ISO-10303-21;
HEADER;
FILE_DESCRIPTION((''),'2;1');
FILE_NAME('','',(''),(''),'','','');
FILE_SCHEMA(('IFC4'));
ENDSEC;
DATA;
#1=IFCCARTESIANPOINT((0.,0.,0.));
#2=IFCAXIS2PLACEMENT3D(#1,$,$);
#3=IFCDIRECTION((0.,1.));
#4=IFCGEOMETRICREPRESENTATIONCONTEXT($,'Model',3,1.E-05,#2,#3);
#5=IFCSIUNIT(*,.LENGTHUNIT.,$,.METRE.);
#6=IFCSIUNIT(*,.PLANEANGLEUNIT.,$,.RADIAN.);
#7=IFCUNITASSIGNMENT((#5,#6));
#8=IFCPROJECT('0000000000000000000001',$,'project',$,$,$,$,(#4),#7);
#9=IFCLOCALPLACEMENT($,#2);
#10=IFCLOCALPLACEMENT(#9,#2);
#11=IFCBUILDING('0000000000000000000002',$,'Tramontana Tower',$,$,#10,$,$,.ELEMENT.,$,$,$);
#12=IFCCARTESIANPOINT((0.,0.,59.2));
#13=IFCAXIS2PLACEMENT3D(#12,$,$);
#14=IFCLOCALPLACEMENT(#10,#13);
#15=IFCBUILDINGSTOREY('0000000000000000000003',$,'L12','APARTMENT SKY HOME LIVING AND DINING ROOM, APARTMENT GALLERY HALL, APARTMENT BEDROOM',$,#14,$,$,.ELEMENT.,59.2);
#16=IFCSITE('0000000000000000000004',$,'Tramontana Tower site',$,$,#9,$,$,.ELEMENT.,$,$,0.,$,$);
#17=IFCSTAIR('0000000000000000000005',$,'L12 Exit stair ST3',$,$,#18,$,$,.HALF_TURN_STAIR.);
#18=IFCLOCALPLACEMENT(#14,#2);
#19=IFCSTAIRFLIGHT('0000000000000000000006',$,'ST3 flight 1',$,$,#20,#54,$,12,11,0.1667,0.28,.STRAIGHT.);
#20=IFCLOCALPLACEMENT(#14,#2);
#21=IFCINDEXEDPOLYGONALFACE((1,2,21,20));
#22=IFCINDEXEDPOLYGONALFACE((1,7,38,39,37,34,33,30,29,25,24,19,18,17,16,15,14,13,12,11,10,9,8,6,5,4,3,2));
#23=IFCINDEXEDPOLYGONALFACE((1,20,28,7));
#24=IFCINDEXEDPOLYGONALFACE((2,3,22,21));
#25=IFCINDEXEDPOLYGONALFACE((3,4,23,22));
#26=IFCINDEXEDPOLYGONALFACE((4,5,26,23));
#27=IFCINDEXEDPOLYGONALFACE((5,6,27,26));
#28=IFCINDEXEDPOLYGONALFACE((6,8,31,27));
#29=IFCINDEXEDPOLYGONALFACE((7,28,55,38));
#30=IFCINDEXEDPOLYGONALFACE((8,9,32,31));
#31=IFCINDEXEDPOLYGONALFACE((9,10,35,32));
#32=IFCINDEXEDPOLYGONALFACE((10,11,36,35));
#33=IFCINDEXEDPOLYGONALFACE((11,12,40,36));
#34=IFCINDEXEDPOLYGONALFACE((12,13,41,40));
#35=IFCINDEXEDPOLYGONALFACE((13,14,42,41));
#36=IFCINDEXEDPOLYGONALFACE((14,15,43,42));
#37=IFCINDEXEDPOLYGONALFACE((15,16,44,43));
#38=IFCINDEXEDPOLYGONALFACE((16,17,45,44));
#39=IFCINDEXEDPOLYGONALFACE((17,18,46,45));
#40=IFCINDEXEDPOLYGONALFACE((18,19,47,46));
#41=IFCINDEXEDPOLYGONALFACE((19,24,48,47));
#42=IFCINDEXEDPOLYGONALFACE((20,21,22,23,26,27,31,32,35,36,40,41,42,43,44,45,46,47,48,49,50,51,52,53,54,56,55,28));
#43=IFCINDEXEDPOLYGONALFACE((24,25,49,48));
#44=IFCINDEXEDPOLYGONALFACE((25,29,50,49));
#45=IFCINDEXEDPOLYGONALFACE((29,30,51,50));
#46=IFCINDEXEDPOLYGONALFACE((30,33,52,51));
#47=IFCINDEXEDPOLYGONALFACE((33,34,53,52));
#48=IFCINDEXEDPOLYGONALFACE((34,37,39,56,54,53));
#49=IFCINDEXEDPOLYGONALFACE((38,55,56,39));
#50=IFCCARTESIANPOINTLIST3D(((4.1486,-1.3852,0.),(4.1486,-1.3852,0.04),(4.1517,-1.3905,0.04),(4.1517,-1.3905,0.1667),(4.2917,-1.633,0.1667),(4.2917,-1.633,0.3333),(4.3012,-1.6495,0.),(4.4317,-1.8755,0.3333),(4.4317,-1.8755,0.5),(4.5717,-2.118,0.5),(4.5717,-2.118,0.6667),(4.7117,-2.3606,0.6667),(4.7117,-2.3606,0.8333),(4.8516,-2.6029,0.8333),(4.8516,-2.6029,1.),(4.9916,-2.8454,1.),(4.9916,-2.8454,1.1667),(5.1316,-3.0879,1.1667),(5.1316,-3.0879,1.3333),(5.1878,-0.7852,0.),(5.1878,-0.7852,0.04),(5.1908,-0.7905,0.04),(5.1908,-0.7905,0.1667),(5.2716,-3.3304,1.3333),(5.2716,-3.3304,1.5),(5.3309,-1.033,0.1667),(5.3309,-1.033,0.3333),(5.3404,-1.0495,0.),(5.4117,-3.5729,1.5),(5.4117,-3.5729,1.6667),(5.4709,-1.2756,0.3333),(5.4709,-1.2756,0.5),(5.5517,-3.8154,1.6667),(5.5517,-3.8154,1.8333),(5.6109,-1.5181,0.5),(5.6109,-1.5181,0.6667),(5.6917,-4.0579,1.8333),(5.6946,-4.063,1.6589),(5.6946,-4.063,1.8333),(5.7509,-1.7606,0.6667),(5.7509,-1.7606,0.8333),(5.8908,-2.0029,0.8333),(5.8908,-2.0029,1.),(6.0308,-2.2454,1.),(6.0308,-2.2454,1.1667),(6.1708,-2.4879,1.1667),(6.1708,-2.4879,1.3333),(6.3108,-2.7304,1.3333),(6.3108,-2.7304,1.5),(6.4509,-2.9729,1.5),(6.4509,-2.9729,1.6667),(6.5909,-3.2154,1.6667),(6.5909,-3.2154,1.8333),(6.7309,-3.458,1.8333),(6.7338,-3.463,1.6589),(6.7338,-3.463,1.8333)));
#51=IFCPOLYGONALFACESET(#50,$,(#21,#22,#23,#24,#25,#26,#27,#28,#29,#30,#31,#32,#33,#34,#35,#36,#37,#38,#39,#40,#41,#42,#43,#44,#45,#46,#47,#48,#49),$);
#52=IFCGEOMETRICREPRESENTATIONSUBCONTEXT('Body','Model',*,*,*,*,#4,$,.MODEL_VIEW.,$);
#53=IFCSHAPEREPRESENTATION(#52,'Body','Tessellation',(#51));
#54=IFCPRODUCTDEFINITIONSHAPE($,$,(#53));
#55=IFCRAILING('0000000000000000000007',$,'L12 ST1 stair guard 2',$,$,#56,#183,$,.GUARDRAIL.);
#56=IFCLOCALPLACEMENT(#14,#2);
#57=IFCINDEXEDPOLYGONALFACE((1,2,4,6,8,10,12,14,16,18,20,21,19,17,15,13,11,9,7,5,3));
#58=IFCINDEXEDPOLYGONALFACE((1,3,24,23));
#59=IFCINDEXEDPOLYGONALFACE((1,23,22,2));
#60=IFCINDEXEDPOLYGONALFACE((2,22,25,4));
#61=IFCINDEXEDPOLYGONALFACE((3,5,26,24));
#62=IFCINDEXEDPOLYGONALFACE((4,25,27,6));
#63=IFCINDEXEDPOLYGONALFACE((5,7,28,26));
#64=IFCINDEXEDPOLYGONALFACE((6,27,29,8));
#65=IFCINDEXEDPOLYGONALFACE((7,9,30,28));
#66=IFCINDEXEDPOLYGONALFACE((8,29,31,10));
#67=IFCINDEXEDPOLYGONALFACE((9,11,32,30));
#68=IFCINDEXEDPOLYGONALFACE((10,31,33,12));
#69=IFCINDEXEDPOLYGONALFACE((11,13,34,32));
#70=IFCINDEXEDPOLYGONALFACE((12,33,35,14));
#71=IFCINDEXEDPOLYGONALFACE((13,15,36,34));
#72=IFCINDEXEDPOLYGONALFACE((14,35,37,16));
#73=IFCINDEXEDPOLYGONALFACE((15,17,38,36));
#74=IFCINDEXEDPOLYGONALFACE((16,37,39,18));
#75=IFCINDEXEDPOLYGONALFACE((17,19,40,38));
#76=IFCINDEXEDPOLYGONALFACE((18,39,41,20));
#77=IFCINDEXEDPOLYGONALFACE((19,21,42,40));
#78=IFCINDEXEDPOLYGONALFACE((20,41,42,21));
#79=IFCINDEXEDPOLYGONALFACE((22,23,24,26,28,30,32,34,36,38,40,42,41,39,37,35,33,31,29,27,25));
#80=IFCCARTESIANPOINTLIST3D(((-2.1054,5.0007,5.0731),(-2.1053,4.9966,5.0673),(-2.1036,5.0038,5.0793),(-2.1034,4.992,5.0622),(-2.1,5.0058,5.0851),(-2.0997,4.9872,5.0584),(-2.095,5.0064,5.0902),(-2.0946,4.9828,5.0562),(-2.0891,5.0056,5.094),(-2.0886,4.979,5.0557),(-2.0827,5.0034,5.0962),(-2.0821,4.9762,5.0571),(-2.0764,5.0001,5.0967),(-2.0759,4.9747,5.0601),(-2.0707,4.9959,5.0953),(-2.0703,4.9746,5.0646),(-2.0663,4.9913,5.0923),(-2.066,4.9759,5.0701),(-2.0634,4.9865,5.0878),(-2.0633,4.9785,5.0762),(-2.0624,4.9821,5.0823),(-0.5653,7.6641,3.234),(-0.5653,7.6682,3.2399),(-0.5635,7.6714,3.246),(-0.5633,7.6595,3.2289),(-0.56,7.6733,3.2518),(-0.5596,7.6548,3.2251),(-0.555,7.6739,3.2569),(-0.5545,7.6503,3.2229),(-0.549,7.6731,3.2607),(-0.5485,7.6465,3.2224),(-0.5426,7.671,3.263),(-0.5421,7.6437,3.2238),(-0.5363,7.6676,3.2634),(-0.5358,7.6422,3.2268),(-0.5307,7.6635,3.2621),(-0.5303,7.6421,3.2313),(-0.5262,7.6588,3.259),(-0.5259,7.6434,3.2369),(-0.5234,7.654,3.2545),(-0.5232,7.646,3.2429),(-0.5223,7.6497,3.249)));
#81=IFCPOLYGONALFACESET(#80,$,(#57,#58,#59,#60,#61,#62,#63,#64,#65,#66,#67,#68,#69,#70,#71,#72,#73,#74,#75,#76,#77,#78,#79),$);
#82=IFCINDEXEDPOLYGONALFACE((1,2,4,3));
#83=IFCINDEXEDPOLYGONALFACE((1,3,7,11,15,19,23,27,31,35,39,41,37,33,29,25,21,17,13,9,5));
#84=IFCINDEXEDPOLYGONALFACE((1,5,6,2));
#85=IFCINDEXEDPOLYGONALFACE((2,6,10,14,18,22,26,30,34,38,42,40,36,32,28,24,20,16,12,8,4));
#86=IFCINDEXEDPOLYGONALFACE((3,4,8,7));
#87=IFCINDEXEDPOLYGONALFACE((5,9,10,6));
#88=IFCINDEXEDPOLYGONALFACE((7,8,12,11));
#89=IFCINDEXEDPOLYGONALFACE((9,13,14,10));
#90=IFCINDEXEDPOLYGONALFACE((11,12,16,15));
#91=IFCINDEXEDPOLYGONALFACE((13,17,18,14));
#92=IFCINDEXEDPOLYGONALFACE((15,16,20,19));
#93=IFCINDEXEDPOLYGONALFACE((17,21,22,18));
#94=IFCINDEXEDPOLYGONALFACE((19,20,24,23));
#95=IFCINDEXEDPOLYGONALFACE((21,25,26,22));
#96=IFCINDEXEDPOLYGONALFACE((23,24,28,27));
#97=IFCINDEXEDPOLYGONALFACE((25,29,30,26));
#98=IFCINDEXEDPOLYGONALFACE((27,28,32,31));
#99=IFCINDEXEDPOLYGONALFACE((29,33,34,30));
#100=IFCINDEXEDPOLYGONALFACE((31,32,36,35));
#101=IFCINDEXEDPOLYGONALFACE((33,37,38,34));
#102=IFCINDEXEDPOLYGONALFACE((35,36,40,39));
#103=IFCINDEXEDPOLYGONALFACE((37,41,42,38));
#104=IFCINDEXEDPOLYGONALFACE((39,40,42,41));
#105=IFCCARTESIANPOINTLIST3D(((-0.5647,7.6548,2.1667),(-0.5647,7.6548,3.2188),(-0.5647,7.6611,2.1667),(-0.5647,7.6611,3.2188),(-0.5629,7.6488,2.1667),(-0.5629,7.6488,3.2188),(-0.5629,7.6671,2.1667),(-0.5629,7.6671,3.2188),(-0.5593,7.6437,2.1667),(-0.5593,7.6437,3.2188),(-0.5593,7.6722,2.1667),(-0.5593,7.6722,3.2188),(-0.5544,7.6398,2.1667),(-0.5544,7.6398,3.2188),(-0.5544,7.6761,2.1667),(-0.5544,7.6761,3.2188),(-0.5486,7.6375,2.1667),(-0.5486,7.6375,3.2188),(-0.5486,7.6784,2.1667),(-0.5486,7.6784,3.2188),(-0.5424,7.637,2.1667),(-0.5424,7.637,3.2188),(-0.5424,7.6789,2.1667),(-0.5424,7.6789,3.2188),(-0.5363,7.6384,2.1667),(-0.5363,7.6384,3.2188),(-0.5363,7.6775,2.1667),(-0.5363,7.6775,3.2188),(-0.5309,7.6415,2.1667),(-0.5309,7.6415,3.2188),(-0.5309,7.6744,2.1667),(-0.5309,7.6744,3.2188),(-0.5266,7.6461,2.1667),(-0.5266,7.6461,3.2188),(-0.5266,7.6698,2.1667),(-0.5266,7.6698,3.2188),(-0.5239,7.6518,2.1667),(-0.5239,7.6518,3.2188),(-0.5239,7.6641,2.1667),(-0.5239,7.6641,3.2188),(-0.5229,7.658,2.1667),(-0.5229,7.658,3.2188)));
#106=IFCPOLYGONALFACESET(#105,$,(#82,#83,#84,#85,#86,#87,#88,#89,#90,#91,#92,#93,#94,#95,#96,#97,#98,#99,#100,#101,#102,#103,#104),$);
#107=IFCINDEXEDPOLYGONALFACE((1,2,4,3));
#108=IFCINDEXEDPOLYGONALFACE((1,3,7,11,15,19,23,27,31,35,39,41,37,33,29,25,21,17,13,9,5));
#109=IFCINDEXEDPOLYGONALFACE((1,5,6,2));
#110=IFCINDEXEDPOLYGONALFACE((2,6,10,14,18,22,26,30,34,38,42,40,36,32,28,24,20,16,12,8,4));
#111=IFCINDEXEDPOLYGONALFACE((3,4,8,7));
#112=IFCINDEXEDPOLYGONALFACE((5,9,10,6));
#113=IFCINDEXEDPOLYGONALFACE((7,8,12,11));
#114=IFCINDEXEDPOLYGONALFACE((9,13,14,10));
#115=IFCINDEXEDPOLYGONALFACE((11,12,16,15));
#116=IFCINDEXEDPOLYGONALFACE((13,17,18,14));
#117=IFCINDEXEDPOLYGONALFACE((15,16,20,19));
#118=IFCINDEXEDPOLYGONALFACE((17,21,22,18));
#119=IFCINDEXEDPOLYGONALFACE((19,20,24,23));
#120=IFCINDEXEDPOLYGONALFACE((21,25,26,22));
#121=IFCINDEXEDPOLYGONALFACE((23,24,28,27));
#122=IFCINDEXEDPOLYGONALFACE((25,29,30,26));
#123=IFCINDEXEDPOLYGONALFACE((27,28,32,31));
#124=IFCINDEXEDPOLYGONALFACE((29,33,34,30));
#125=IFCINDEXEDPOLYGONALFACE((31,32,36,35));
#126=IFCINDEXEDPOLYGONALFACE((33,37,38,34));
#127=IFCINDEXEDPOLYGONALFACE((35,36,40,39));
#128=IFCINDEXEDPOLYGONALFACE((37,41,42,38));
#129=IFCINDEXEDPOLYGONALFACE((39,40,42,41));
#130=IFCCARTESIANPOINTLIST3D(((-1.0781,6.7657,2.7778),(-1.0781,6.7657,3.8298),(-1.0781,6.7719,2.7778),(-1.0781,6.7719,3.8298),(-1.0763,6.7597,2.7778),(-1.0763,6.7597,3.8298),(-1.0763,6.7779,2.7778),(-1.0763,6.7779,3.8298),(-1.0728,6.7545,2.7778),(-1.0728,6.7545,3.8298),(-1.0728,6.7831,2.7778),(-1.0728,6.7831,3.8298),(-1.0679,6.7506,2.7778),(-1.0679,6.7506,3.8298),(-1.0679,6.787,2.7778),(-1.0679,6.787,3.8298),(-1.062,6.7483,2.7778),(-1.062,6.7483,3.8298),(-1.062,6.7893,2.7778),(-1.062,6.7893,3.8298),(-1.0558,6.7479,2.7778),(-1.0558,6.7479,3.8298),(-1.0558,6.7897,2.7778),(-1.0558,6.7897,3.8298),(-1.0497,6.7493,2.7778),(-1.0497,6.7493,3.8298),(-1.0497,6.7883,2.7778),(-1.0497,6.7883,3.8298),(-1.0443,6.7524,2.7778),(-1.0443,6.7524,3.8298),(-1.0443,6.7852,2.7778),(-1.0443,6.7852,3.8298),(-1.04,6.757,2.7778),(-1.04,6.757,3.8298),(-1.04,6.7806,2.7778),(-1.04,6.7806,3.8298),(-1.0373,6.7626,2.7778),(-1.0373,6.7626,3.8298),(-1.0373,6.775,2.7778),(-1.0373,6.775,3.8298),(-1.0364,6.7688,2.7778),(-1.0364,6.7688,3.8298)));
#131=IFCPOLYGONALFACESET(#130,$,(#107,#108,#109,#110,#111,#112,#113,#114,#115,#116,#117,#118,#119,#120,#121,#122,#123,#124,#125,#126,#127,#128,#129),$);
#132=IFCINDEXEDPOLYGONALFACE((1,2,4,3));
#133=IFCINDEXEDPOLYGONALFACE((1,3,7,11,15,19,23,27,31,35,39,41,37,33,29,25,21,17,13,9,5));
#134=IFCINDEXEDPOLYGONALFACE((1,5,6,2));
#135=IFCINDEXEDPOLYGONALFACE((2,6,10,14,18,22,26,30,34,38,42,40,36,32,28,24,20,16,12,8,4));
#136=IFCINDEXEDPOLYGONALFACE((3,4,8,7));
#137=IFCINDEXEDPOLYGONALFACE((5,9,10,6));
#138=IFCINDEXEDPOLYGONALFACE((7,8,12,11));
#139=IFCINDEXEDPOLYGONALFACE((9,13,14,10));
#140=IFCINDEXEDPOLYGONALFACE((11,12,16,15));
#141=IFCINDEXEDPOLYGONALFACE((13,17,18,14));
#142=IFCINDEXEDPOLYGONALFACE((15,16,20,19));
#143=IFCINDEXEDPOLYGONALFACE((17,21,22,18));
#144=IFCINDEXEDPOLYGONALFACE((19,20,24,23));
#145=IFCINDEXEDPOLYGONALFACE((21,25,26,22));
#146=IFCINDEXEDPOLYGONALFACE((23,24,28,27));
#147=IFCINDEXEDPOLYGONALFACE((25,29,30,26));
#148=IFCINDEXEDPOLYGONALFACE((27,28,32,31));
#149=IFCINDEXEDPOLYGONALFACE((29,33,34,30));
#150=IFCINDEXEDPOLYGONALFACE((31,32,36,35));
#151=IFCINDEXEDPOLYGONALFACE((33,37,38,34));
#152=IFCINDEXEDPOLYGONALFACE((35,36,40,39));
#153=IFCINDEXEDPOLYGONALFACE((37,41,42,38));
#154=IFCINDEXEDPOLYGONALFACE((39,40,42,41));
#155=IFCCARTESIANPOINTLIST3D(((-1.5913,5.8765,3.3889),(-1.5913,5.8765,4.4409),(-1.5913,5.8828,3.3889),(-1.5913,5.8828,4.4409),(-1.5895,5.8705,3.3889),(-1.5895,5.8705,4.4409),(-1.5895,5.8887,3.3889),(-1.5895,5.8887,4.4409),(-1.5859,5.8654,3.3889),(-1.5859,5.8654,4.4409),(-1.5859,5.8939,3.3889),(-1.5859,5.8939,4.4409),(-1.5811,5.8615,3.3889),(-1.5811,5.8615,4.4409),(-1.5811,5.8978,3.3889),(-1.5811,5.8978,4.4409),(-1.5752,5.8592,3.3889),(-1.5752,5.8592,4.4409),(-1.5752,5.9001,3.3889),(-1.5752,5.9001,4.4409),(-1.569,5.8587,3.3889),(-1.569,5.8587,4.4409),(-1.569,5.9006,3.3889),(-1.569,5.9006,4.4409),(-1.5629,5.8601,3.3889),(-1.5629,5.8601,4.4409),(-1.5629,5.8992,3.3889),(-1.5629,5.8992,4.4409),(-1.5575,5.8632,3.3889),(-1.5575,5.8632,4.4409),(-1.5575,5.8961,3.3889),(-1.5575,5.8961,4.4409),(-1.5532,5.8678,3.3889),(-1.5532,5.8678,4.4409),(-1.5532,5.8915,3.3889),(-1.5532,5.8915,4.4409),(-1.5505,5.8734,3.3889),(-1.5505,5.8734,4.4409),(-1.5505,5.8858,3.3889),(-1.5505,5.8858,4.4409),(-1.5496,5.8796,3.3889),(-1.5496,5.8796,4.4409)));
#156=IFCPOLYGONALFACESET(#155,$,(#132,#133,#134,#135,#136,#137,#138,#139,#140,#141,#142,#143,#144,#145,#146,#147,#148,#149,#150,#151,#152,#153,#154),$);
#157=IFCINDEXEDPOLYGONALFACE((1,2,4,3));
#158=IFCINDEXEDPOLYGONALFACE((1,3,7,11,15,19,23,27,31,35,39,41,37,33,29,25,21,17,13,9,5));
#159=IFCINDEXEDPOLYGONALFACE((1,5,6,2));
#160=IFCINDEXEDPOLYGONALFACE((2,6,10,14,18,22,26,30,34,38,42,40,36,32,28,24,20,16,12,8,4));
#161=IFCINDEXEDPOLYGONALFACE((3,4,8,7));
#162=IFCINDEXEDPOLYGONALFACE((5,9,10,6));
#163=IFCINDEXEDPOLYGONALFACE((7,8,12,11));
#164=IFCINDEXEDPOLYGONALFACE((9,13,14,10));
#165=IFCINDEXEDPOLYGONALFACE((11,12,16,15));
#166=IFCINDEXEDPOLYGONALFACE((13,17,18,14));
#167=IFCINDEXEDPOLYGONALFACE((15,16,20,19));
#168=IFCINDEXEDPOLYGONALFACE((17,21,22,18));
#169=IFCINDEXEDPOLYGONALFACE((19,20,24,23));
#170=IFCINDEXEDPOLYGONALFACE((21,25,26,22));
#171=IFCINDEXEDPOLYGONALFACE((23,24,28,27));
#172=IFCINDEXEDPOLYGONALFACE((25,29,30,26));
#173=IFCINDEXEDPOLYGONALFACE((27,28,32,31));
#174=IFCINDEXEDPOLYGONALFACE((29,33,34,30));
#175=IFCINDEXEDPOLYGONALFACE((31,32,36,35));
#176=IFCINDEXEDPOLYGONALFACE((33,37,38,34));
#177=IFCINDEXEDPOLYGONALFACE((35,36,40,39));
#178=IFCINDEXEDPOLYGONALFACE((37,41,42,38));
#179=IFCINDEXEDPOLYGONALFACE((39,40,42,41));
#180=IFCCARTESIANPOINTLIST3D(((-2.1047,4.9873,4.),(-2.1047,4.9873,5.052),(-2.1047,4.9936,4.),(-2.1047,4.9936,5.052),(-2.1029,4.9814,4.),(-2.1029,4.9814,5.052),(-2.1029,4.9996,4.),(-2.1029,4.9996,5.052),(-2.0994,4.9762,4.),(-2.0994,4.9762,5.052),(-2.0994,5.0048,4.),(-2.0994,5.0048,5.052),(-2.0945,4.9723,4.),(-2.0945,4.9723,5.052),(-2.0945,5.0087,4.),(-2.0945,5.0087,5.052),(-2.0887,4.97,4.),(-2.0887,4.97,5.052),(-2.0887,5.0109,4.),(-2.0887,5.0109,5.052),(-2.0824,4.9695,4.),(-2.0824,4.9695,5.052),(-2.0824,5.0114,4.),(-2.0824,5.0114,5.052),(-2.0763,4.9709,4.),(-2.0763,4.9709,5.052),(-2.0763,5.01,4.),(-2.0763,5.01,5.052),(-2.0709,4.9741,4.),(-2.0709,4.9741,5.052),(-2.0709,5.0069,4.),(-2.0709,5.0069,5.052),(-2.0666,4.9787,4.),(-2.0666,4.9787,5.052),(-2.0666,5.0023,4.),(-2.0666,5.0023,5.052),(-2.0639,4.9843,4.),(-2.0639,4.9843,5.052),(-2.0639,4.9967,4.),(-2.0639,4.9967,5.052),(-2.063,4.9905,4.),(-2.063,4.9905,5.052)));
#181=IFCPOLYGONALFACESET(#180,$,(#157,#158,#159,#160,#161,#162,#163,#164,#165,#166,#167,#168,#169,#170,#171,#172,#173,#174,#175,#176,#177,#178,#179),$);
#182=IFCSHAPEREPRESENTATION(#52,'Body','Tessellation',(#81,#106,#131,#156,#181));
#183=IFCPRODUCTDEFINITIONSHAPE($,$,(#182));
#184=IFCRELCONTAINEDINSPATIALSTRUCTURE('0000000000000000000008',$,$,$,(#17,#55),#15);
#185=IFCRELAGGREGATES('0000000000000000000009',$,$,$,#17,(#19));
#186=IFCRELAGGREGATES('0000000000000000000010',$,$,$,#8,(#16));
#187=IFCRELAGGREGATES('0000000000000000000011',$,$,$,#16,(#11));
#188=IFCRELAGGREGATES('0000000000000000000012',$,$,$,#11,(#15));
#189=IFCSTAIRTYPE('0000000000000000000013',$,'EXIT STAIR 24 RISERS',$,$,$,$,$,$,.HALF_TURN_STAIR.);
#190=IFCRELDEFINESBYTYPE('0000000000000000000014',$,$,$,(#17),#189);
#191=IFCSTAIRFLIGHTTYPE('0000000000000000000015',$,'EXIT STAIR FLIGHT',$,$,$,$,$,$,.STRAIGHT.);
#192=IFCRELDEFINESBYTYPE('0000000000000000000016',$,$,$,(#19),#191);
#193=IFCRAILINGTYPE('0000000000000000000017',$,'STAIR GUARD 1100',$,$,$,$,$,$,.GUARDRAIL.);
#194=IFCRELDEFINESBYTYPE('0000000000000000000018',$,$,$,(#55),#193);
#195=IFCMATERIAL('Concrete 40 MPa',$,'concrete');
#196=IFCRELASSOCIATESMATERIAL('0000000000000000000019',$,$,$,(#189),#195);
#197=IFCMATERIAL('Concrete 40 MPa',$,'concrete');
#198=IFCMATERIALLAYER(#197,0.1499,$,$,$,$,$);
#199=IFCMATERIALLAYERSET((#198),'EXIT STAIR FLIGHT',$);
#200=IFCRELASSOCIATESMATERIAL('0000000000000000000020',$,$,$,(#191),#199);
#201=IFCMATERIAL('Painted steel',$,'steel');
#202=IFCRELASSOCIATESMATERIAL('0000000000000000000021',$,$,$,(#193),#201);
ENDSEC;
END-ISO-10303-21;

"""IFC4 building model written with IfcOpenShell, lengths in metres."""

from ifc_helpers import new_model, si_unit, direction, frame, origin, origin_2d, place, context, subcontext, project, spatial, polyline, circle, outline, extrude, material, layer, layer_set, type_object, element, aggregate, save


model = new_model("IFC4")

# Units and contexts
model_context = context("Model", 3, precision=1e-05, world=origin(), true_north=direction((0.0, 1.0)))
body_context = subcontext(model_context, "Body", "Model", "MODEL_VIEW")
ifc_project = project(units=[si_unit("LENGTHUNIT", "METRE"), si_unit("PLANEANGLEUNIT", "RADIAN")], contexts=[model_context])

# Site, building, storey
site_placement = place(None, origin())
site = spatial("IfcSite", under=ifc_project, at=site_placement, Name="Tramontana Tower site", CompositionType="ELEMENT", RefElevation=0.0)
building_placement = place(site_placement, origin())
building = spatial("IfcBuilding", under=site, at=building_placement, Name="Tramontana Tower", CompositionType="ELEMENT")
storey_placement = place(building_placement, frame((0.0, 0.0, 59.2)))
storey = spatial("IfcBuildingStorey", under=building, at=storey_placement, Name="L12", Description="APARTMENT SKY HOME LIVING AND DINING ROOM, APARTMENT GALLERY HALL, APARTMENT BEDROOM", CompositionType="ELEMENT", Elevation=59.2)

# Stair
ifc_material_1 = material(Name="Concrete 40 MPa", Category="concrete")
stair_type = type_object("IfcStairType", Name="EXIT STAIR 24 RISERS", PredefinedType="HALF_TURN_STAIR", material=ifc_material_1)
stair_1_placement = place(storey_placement, origin())
stair_1 = element("IfcStair", 1, at=stair_1_placement, inside=storey, type_object=stair_type, Name="L12 Exit stair ST3", PredefinedType="HALF_TURN_STAIR")

# Stair flight
ifc_material_2 = material(Name="Concrete 40 MPa", Category="concrete")
ifc_layer_1 = layer(ifc_material_2, 0.1499)
ifc_layer_set_1 = layer_set([ifc_layer_1], Name="EXIT STAIR FLIGHT")
stair_flight_type = type_object("IfcStairFlightType", Name="EXIT STAIR FLIGHT", PredefinedType="STRAIGHT", material=ifc_layer_set_1)
stair_flight_placement = place(storey_placement, frame((4.6711, -1.0906, 0.0), z_axis=(0.0, 0.0, 1.0), x_axis=(0.5, -0.866025, 0.0)))
stair_flight = element("IfcStairFlight", 2, at=stair_flight_placement, type_object=stair_flight_type, Name="ST3 flight 1", NumberOfRisers=12, NumberOfTreads=11, PredefinedType="STRAIGHT", RiserHeight=0.1667, TreadLength=0.28, context=body_context, shape_type="SweptSolid", body=[
    extrude(outline(polyline([(-0.0061, 0.0), (-0.0061, 0.04), (0.0, 0.04), (0.0, 0.1667), (0.28, 0.1667), (0.28, 0.3333), (0.5601, 0.3333), (0.5601, 0.5), (0.8401, 0.5), (0.8401, 0.6667), (1.1201, 0.6667), (1.1201, 0.8333), (1.3999, 0.8333), (1.3999, 1.0), (1.6799, 1.0), (1.6799, 1.1667), (1.96, 1.1667), (1.96, 1.3333), (2.24, 1.3333), (2.24, 1.5), (2.52, 1.5), (2.52, 1.6667), (2.8, 1.6667), (2.8, 1.8333), (3.0801, 1.8333), (3.0859, 1.8333), (3.0859, 1.6589), (0.2991, 0.0), (-0.0061, 0.0)])), frame((0.0, 0.6001, 0.0), z_axis=(0.0, -1.0, 0.0), x_axis=(1.0, 0.0, 0.0)), (0.0, 0.0, 1.0), 1.2),
])
aggregate(stair_1, [stair_flight])

# Railing
ifc_material_3 = material(Name="Painted steel", Category="steel")
railing_type_1 = type_object("IfcRailingType", Name="STAIR GUARD 1100", PredefinedType="GUARDRAIL", material=ifc_material_3)
railing_1_placement = place(storey_placement, frame((-0.5439, 7.658, 2.1667)))
element("IfcRailing", 3, at=railing_1_placement, inside=storey, type_object=railing_type_1, Name="L12 ST1 stair guard 2", PredefinedType="GUARDRAIL", context=body_context, shape_type="SweptSolid", body=[
    extrude(circle(Radius=0.0239, at=origin_2d()), frame((0.0, 0.0, 1.0762), z_axis=(-0.429649, -0.74419, 0.511452), x_axis=(0.86603, -0.499992, 0.0)), (0.0, 0.0, 1.0), 3.5845),
    extrude(circle(Radius=0.021, at=origin_2d()), origin(), (0.0, 0.0, 1.0), 1.052),
    extrude(circle(Radius=0.021, at=origin_2d()), frame((-0.5134, -0.8892, 0.6111)), (0.0, 0.0, 1.0), 1.052),
    extrude(circle(Radius=0.021, at=origin_2d()), frame((-1.0266, -1.7783, 1.2222)), (0.0, 0.0, 1.0), 1.052),
    extrude(circle(Radius=0.021, at=origin_2d()), frame((-1.54, -2.6675, 1.8333)), (0.0, 0.0, 1.0), 1.052),
])

save(model, "model.ifc")
